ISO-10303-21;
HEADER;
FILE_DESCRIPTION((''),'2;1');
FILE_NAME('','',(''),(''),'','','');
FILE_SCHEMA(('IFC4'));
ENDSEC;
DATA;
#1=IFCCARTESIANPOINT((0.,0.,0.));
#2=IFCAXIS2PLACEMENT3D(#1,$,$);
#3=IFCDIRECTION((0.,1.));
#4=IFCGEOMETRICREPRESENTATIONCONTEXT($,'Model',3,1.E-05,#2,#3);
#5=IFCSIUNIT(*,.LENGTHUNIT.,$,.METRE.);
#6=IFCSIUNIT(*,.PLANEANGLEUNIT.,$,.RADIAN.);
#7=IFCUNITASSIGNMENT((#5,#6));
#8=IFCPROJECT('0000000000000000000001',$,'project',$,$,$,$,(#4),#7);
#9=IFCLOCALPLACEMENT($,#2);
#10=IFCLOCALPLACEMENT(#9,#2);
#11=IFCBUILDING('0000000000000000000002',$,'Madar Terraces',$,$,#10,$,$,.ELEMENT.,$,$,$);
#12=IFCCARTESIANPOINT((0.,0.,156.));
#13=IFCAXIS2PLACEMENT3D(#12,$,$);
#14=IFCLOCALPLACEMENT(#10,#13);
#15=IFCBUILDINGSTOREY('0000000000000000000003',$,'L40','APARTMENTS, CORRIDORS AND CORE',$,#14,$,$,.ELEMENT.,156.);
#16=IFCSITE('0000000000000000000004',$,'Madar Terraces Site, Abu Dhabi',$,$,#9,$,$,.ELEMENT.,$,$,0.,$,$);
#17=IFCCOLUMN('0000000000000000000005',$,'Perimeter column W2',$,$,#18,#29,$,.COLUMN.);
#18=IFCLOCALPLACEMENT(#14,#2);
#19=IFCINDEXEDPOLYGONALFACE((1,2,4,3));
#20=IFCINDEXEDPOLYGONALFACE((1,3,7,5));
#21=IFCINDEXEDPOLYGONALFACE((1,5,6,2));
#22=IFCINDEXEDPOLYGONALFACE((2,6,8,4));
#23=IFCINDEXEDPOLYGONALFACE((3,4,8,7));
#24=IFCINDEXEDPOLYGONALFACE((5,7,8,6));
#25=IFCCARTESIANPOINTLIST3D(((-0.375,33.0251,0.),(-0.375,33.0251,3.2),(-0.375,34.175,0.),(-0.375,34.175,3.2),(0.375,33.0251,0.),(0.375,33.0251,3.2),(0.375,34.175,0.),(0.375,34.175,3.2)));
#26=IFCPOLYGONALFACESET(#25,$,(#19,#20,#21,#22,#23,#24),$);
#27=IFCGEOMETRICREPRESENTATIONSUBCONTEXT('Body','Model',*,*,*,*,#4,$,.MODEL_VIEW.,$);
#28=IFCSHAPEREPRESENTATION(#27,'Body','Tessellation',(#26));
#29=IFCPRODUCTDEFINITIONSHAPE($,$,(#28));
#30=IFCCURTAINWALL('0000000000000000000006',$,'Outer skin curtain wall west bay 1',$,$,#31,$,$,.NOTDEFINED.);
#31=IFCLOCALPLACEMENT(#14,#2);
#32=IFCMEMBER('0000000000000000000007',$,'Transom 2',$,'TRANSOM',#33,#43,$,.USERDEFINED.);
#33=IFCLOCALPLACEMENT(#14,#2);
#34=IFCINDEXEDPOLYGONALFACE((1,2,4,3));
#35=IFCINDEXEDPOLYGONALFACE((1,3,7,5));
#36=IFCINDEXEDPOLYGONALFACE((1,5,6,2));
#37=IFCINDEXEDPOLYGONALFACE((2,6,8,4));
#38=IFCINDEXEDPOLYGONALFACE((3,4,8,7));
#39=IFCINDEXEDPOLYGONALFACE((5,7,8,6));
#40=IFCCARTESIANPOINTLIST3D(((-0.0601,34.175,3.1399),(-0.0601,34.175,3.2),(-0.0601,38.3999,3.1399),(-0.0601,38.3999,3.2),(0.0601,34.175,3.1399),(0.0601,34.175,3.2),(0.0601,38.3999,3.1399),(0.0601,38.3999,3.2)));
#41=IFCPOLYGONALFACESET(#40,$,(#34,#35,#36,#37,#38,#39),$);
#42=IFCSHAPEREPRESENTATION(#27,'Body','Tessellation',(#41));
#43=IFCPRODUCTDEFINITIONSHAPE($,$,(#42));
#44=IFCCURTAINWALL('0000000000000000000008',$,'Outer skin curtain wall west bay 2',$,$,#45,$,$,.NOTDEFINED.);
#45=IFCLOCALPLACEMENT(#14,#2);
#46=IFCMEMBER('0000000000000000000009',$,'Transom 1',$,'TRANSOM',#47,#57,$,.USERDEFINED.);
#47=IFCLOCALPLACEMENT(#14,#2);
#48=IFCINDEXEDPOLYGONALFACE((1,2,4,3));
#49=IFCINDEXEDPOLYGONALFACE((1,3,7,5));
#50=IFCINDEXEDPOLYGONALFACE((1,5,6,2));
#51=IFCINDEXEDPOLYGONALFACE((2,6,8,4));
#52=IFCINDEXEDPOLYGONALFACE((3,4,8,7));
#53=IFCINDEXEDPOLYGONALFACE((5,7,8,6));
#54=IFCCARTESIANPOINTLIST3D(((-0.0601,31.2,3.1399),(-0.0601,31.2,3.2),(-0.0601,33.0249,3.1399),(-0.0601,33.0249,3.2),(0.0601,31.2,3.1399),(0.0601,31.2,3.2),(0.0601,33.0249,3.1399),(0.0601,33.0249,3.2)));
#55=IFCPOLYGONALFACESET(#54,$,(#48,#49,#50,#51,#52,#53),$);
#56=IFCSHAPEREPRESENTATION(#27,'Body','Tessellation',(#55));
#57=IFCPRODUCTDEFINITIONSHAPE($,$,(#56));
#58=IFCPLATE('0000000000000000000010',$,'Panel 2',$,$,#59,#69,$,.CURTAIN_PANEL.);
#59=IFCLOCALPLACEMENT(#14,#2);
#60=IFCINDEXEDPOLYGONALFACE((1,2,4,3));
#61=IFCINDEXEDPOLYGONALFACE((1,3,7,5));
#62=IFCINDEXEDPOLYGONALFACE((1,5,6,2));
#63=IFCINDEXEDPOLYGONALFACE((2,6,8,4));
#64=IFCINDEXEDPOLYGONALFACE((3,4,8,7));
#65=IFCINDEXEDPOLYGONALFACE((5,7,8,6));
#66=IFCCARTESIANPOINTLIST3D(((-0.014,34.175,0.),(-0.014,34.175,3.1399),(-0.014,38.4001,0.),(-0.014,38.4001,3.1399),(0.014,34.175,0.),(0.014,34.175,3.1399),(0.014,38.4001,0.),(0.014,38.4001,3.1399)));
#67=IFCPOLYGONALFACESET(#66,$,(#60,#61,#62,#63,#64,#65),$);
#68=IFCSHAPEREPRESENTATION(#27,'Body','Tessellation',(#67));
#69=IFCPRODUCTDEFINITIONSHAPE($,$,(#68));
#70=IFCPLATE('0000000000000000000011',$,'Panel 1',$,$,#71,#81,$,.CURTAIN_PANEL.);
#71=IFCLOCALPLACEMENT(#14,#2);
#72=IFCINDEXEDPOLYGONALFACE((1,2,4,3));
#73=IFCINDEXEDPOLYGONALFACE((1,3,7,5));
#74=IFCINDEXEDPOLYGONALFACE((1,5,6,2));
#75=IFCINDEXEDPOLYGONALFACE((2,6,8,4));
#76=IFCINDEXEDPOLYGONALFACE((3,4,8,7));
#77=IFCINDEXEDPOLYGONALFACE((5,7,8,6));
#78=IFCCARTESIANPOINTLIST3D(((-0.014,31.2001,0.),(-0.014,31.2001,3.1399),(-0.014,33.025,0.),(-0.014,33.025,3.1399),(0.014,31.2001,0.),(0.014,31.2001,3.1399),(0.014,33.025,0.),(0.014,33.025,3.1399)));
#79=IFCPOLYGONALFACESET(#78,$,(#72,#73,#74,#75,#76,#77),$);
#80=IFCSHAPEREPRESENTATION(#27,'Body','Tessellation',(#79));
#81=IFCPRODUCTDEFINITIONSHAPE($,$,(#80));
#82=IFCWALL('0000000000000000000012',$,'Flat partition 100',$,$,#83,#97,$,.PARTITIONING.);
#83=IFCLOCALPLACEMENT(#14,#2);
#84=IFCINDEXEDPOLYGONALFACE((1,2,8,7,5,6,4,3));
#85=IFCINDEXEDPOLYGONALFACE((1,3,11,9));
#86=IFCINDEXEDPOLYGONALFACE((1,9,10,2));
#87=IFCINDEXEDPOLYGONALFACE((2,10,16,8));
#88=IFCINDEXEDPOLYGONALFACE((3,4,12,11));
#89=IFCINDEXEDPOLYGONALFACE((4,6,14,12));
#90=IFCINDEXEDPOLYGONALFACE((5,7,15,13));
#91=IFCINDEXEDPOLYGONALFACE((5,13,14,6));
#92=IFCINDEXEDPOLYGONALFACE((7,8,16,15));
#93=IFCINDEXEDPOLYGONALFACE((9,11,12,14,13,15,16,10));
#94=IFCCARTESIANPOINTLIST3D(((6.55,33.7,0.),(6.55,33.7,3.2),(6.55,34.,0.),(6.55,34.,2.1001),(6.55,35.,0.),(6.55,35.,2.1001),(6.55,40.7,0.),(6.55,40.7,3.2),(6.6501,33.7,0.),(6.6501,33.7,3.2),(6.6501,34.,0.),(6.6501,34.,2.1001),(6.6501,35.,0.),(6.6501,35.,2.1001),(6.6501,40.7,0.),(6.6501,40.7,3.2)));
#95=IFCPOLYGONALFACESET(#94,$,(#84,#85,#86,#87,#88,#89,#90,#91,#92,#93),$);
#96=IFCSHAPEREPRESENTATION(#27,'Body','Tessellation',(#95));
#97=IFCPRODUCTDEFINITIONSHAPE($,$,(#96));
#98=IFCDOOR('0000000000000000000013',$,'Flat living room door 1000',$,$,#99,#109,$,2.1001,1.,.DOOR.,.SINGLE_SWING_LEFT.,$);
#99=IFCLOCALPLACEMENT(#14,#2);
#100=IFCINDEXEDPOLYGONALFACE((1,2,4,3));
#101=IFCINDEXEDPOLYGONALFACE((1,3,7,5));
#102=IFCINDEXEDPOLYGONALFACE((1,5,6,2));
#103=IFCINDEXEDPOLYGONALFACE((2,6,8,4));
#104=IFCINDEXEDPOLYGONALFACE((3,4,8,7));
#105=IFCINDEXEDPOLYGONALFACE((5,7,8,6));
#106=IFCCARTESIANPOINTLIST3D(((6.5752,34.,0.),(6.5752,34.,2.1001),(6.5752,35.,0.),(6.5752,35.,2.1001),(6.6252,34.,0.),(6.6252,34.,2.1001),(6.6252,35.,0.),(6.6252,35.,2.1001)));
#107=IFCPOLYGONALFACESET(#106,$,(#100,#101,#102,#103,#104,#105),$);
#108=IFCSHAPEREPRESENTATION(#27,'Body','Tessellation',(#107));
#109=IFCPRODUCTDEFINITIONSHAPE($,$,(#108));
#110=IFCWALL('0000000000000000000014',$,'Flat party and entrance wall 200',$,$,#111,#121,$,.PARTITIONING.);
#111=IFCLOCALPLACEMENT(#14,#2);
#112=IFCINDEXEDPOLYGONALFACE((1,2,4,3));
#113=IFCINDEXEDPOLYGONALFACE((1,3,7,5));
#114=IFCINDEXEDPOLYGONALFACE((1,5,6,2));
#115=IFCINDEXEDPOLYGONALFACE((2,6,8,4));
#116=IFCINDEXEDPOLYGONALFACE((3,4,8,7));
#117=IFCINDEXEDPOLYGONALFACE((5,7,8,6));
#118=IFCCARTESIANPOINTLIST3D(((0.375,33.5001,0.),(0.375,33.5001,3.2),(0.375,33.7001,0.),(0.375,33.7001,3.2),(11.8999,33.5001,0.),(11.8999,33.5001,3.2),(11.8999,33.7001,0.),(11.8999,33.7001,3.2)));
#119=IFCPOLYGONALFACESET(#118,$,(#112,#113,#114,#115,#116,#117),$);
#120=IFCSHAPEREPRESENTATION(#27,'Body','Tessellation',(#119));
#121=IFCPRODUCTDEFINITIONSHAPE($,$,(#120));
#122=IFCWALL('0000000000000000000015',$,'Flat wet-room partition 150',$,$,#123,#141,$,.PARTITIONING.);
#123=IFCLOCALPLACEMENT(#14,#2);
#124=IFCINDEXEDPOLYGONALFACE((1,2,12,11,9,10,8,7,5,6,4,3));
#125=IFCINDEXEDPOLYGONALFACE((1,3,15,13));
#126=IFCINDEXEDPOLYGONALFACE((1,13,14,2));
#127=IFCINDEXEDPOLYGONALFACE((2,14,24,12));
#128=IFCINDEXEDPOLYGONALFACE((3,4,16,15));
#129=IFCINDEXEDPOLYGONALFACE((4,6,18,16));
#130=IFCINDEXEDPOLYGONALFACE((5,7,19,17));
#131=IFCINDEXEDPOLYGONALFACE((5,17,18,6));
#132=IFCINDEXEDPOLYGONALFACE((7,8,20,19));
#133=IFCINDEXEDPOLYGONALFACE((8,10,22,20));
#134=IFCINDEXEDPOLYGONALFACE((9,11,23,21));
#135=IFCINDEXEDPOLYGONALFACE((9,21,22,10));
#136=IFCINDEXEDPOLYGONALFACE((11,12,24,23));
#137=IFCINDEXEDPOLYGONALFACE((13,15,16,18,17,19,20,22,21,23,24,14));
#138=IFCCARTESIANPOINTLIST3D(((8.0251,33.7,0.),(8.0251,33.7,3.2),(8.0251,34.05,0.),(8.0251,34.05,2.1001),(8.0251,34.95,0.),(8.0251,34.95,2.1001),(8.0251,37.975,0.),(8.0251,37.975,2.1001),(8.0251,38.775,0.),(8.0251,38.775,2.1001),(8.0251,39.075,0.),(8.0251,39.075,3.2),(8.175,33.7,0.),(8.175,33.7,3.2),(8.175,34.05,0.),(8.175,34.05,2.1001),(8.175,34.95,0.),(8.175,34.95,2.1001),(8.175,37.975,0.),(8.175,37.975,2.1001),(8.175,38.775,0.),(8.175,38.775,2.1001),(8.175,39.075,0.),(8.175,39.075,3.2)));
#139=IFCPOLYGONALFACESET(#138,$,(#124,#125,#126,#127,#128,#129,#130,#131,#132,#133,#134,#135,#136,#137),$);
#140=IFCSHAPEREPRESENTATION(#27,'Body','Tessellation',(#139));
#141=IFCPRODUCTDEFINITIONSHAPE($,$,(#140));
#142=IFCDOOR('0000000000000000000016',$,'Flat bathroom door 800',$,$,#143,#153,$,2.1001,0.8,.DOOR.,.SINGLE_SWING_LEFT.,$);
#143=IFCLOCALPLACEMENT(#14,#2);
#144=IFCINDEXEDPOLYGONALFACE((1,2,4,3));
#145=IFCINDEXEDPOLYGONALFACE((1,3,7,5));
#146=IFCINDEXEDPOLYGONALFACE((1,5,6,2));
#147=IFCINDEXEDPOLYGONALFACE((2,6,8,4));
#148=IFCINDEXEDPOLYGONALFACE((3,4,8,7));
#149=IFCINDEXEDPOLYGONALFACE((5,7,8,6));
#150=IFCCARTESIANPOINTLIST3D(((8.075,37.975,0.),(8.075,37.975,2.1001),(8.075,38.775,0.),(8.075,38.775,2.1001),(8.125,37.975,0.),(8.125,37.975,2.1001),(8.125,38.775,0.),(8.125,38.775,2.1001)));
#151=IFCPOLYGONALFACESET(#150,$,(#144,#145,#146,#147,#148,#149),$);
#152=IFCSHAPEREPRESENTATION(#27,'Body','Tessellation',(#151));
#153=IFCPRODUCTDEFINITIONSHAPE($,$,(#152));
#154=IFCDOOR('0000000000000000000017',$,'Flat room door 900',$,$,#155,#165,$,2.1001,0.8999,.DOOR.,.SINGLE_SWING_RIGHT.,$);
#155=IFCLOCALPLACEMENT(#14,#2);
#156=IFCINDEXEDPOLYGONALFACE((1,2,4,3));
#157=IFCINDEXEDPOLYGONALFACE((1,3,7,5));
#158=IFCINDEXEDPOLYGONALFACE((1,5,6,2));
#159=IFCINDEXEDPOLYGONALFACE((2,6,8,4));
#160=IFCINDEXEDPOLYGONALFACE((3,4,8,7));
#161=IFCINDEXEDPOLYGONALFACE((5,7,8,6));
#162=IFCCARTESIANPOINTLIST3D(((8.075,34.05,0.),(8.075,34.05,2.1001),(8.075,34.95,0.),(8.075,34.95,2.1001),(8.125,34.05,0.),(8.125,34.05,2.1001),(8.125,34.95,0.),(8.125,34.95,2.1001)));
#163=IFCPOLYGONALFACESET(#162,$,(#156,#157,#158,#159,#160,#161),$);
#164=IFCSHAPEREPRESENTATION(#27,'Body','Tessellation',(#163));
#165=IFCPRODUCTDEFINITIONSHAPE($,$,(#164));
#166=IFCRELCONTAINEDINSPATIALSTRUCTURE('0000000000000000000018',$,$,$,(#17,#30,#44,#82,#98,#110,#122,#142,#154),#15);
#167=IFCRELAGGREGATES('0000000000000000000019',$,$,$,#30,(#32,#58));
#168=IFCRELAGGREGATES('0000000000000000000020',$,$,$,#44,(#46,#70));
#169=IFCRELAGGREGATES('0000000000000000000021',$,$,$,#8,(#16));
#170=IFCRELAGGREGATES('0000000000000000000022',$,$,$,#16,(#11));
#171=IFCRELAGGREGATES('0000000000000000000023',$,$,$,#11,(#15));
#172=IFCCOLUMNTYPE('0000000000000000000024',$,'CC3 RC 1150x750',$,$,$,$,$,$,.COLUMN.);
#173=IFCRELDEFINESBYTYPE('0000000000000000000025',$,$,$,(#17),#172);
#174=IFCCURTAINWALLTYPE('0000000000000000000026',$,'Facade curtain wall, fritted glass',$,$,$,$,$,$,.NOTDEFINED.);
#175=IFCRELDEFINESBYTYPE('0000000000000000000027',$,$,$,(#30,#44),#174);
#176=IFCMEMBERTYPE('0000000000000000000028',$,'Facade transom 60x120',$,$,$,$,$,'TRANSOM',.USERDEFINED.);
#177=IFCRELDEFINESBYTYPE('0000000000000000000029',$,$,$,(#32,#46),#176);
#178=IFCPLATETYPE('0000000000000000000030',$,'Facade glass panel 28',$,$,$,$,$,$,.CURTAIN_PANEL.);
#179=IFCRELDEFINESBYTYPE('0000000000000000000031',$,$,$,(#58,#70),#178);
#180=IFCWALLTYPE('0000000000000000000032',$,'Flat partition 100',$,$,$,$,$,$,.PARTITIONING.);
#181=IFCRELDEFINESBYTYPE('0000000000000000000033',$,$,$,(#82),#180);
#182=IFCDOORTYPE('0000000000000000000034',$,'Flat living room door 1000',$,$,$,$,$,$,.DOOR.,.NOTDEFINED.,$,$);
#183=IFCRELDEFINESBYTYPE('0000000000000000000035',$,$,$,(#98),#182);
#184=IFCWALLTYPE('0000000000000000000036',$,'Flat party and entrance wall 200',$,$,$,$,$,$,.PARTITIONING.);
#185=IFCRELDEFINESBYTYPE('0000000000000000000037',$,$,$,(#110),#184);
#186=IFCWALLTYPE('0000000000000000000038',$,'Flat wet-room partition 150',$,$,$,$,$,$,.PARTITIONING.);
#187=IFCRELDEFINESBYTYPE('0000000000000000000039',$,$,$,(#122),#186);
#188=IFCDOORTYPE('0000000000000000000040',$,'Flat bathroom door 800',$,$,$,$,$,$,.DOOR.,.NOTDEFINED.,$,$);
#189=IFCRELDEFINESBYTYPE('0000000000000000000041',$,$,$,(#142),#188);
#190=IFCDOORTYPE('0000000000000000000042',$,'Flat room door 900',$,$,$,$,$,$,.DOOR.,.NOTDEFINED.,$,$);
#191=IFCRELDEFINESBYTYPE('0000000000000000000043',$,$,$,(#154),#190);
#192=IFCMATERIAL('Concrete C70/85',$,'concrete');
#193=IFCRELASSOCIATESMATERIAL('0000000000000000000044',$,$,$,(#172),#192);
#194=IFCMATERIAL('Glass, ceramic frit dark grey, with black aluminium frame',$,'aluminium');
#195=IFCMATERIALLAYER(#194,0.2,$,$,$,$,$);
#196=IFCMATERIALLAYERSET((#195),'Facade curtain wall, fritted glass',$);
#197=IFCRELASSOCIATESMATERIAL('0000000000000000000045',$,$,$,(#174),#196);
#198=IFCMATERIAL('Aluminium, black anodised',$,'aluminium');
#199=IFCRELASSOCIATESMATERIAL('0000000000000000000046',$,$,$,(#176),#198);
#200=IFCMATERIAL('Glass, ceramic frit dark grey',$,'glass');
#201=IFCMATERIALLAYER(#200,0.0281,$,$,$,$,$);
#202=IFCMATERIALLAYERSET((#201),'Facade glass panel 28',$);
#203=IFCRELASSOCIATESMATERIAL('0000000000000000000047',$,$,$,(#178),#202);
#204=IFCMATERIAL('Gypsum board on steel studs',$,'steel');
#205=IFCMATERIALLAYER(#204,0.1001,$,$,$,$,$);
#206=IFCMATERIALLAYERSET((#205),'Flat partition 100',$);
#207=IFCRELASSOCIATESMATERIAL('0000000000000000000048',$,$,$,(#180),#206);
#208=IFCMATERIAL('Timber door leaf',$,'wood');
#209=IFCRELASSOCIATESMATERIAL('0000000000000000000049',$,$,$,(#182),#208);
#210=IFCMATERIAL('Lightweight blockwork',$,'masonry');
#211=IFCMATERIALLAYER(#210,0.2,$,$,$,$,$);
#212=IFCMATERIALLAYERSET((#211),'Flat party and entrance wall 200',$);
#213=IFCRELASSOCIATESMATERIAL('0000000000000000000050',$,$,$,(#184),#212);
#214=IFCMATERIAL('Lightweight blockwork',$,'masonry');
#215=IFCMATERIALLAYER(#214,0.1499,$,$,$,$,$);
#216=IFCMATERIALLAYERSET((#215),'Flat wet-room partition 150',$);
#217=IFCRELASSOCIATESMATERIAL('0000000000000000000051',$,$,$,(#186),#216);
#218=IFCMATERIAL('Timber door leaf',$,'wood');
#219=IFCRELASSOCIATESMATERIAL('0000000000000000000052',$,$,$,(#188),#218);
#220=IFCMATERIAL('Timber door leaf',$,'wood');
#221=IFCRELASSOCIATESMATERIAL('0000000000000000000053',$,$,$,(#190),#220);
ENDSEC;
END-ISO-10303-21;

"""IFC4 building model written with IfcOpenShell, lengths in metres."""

from ifc_helpers import new_model, si_unit, direction, frame, frame_2d, origin, origin_2d, place, context, subcontext, project, spatial, rectangle, extrude, material, layer, layer_set, material_profile, profile_set, type_object, element, fill, aggregate, save


model = new_model("IFC4")

# Units and contexts
model_context = context("Model", 3, precision=1e-05, world=origin(), true_north=direction((0.0, 1.0)))
body_context = subcontext(model_context, "Body", "Model", "MODEL_VIEW")
ifc_project = project(units=[si_unit("LENGTHUNIT", "METRE"), si_unit("PLANEANGLEUNIT", "RADIAN")], contexts=[model_context])

# Site, building, storey
site_placement = place(None, origin())
site = spatial("IfcSite", under=ifc_project, at=site_placement, Name="Madar Terraces Site, Abu Dhabi", CompositionType="ELEMENT", RefElevation=0.0)
building_placement = place(site_placement, origin())
building = spatial("IfcBuilding", under=site, at=building_placement, Name="Madar Terraces", CompositionType="ELEMENT")
storey_placement = place(building_placement, frame((0.0, 0.0, 156.0)))
storey = spatial("IfcBuildingStorey", under=building, at=storey_placement, Name="L40", Description="APARTMENTS, CORRIDORS AND CORE", CompositionType="ELEMENT", Elevation=156.0)

# Column
ifc_material_1 = material(Name="Concrete C70/85", Category="concrete")
ifc_material_profile_1 = material_profile(ifc_material_1, rectangle(XDim=1.1499, YDim=0.75, at=origin_2d()), Name="CC3 RC 1150x750")
ifc_profile_set_1 = profile_set([ifc_material_profile_1], Name="Concrete C70/85")
column_type = type_object("IfcColumnType", Name="CC3 RC 1150x750", PredefinedType="COLUMN", material=ifc_profile_set_1)
column_placement = place(storey_placement, frame((0.0, 33.6001, 0.0), z_axis=(0.0, 0.0, 1.0), x_axis=(0.0, 1.0, 0.0)))
element("IfcColumn", 1, at=column_placement, inside=storey, type_object=column_type, Name="Perimeter column W2", PredefinedType="COLUMN", context=body_context, shape_type="SweptSolid", body=[
    extrude(rectangle(XDim=1.1499, YDim=0.75, at=origin_2d()), origin(), (0.0, 0.0, 1.0), 3.2),
])

# Curtain walls, members
ifc_material_2 = material(Name="Glass, ceramic frit dark grey, with black aluminium frame", Category="aluminium")
ifc_layer_1 = layer(ifc_material_2, 0.2)
ifc_layer_set_1 = layer_set([ifc_layer_1], Name="Facade curtain wall, fritted glass")
curtain_wall_type = type_object("IfcCurtainWallType", Name="Facade curtain wall, fritted glass", PredefinedType="NOTDEFINED", material=ifc_layer_set_1)
curtain_wall_1_placement = place(storey_placement, origin())
curtain_wall_1 = element("IfcCurtainWall", 2, at=curtain_wall_1_placement, inside=storey, type_object=curtain_wall_type, Name="Outer skin curtain wall west bay 1", PredefinedType="NOTDEFINED")
ifc_material_3 = material(Name="Aluminium, black anodised", Category="aluminium")
ifc_material_profile_2 = material_profile(ifc_material_3, rectangle(XDim=0.1201, YDim=0.0601, at=origin_2d()), Name="Facade transom 60x120")
ifc_profile_set_2 = profile_set([ifc_material_profile_2], Name="Aluminium, black anodised")
member_type = type_object("IfcMemberType", Name="Facade transom 60x120", ElementType="TRANSOM", PredefinedType="USERDEFINED", material=ifc_profile_set_2)
member_1_placement = place(storey_placement, frame((0.0, 38.3999, 3.1699), z_axis=(0.0, -1.0, 0.0), x_axis=(1.0, 0.0, 0.0)))
member_1 = element("IfcMember", 3, at=member_1_placement, type_object=member_type, Name="Transom 2", ObjectType="TRANSOM", PredefinedType="USERDEFINED", context=body_context, shape_type="SweptSolid", body=[
    extrude(rectangle(XDim=0.1201, YDim=0.0601, at=origin_2d()), origin(), (0.0, 0.0, 1.0), 4.2249),
])
curtain_wall_2_placement = place(storey_placement, origin())
curtain_wall_2 = element("IfcCurtainWall", 4, at=curtain_wall_2_placement, inside=storey, type_object=curtain_wall_type, Name="Outer skin curtain wall west bay 2", PredefinedType="NOTDEFINED")
member_2_placement = place(storey_placement, frame((0.0, 33.0249, 3.1699), z_axis=(0.0, -1.0, 0.0), x_axis=(1.0, 0.0, 0.0)))
member_2 = element("IfcMember", 5, at=member_2_placement, type_object=member_type, Name="Transom 1", ObjectType="TRANSOM", PredefinedType="USERDEFINED", context=body_context, shape_type="SweptSolid", body=[
    extrude(rectangle(XDim=0.1201, YDim=0.0601, at=origin_2d()), origin(), (0.0, 0.0, 1.0), 1.825),
])

# Plates
ifc_material_4 = material(Name="Glass, ceramic frit dark grey", Category="glass")
ifc_layer_2 = layer(ifc_material_4, 0.0281)
ifc_layer_set_2 = layer_set([ifc_layer_2], Name="Facade glass panel 28")
plate_type = type_object("IfcPlateType", Name="Facade glass panel 28", PredefinedType="CURTAIN_PANEL", material=ifc_layer_set_2)
plate_1_placement = place(storey_placement, frame((0.0, 36.2876, 0.0), z_axis=(0.0, 0.0, 1.0), x_axis=(0.0, -1.0, 0.0)))
plate_1 = element("IfcPlate", 6, at=plate_1_placement, type_object=plate_type, Name="Panel 2", PredefinedType="CURTAIN_PANEL", context=body_context, shape_type="SweptSolid", body=[
    extrude(rectangle(XDim=4.2251, YDim=0.0281, at=origin_2d()), origin(), (0.0, 0.0, 1.0), 3.1399),
])
aggregate(curtain_wall_1, [member_1, plate_1])
plate_2_placement = place(storey_placement, frame((0.0, 32.1125, 0.0), z_axis=(0.0, 0.0, 1.0), x_axis=(0.0, -1.0, 0.0)))
plate_2 = element("IfcPlate", 7, at=plate_2_placement, type_object=plate_type, Name="Panel 1", PredefinedType="CURTAIN_PANEL", context=body_context, shape_type="SweptSolid", body=[
    extrude(rectangle(XDim=1.825, YDim=0.0281, at=origin_2d()), origin(), (0.0, 0.0, 1.0), 3.1399),
])
aggregate(curtain_wall_2, [member_2, plate_2])

# Wall, opening, door
ifc_material_5 = material(Name="Gypsum board on steel studs", Category="steel")
ifc_layer_3 = layer(ifc_material_5, 0.1001)
ifc_layer_set_3 = layer_set([ifc_layer_3], Name="Flat partition 100")
wall_type_1 = type_object("IfcWallType", Name="Flat partition 100", PredefinedType="PARTITIONING", material=ifc_layer_set_3)
wall_1_placement = place(storey_placement, frame((6.6001, 33.7, 0.0), z_axis=(0.0, 0.0, 1.0), x_axis=(0.0, 1.0, 0.0)))
wall_1 = element("IfcWall", 8, at=wall_1_placement, inside=storey, type_object=wall_type_1, Name="Flat partition 100", PredefinedType="PARTITIONING", context=body_context, shape_type="SweptSolid", body=[
    extrude(rectangle(XDim=7.0, YDim=0.1001, at=frame_2d((3.5, 0.0))), origin(), (0.0, 0.0, 1.0), 3.2),
])
opening_1_placement = place(wall_1_placement, frame((0.3, 0.0, 0.0)))
opening_1 = element("IfcOpeningElement", 9, at=opening_1_placement, cuts=wall_1, PredefinedType="OPENING", context=body_context, shape_type="SweptSolid", body=[
    extrude(rectangle(XDim=1.0, YDim=2.1001, at=frame_2d((0.5, 1.05))), frame((0.0, 0.0601, 0.0), z_axis=(0.0, -1.0, 0.0), x_axis=(1.0, 0.0, 0.0)), (0.0, 0.0, 1.0), 0.1201),
])
ifc_material_6 = material(Name="Timber door leaf", Category="wood")
door_type_1 = type_object("IfcDoorType", Name="Flat living room door 1000", OperationType="NOTDEFINED", PredefinedType="DOOR", material=ifc_material_6)
door_1_placement = place(opening_1_placement, origin())
door_1 = element("IfcDoor", 10, at=door_1_placement, inside=storey, type_object=door_type_1, Name="Flat living room door 1000", OperationType="SINGLE_SWING_LEFT", OverallHeight=2.1001, OverallWidth=1.0, PredefinedType="DOOR", context=body_context, shape_type="SweptSolid", body=[
    extrude(rectangle(XDim=1.0, YDim=2.1001, at=frame_2d((0.5, 1.05))), frame((0.0, 0.0249, 0.0), z_axis=(0.0, -1.0, 0.0), x_axis=(1.0, 0.0, 0.0)), (0.0, 0.0, 1.0), 0.05),
])
fill(opening_1, door_1)

# Wall
ifc_material_7 = material(Name="Lightweight blockwork", Category="masonry")
ifc_layer_4 = layer(ifc_material_7, 0.2)
ifc_layer_set_4 = layer_set([ifc_layer_4], Name="Flat party and entrance wall 200")
wall_type_2 = type_object("IfcWallType", Name="Flat party and entrance wall 200", PredefinedType="PARTITIONING", material=ifc_layer_set_4)
wall_2_placement = place(storey_placement, frame((0.375, 33.6001, 0.0), z_axis=(0.0, 0.0, 1.0), x_axis=(1.0, 0.0, 0.0)))
element("IfcWall", 11, at=wall_2_placement, inside=storey, type_object=wall_type_2, Name="Flat party and entrance wall 200", PredefinedType="PARTITIONING", context=body_context, shape_type="SweptSolid", body=[
    extrude(rectangle(XDim=11.5249, YDim=0.2, at=frame_2d((5.7625, 0.0))), origin(), (0.0, 0.0, 1.0), 3.2),
])

# Wall, openings, doors
ifc_material_8 = material(Name="Lightweight blockwork", Category="masonry")
ifc_layer_5 = layer(ifc_material_8, 0.1499)
ifc_layer_set_5 = layer_set([ifc_layer_5], Name="Flat wet-room partition 150")
wall_type_3 = type_object("IfcWallType", Name="Flat wet-room partition 150", PredefinedType="PARTITIONING", material=ifc_layer_set_5)
wall_3_placement = place(storey_placement, frame((8.1001, 39.075, 0.0), z_axis=(0.0, 0.0, 1.0), x_axis=(0.0, -1.0, 0.0)))
wall_3 = element("IfcWall", 12, at=wall_3_placement, inside=storey, type_object=wall_type_3, Name="Flat wet-room partition 150", PredefinedType="PARTITIONING", context=body_context, shape_type="SweptSolid", body=[
    extrude(rectangle(XDim=5.375, YDim=0.1499, at=frame_2d((2.6875, 0.0))), origin(), (0.0, 0.0, 1.0), 3.2),
])
opening_2_placement = place(wall_3_placement, frame((0.3, 0.0, 0.0)))
opening_2 = element("IfcOpeningElement", 13, at=opening_2_placement, cuts=wall_3, PredefinedType="OPENING", context=body_context, shape_type="SweptSolid", body=[
    extrude(rectangle(XDim=0.8, YDim=2.1001, at=frame_2d((0.3999, 1.05))), frame((0.0, 0.085, 0.0), z_axis=(0.0, -1.0, 0.0), x_axis=(1.0, 0.0, 0.0)), (0.0, 0.0, 1.0), 0.1699),
])
opening_3_placement = place(wall_3_placement, frame((4.125, 0.0, 0.0)))
opening_3 = element("IfcOpeningElement", 14, at=opening_3_placement, cuts=wall_3, PredefinedType="OPENING", context=body_context, shape_type="SweptSolid", body=[
    extrude(rectangle(XDim=0.8999, YDim=2.1001, at=frame_2d((0.45, 1.05))), frame((0.0, 0.085, 0.0), z_axis=(0.0, -1.0, 0.0), x_axis=(1.0, 0.0, 0.0)), (0.0, 0.0, 1.0), 0.1699),
])
ifc_material_9 = material(Name="Timber door leaf", Category="wood")
door_type_2 = type_object("IfcDoorType", Name="Flat bathroom door 800", OperationType="NOTDEFINED", PredefinedType="DOOR", material=ifc_material_9)
door_2_placement = place(opening_2_placement, origin())
door_2 = element("IfcDoor", 15, at=door_2_placement, inside=storey, type_object=door_type_2, Name="Flat bathroom door 800", OperationType="SINGLE_SWING_LEFT", OverallHeight=2.1001, OverallWidth=0.8, PredefinedType="DOOR", context=body_context, shape_type="SweptSolid", body=[
    extrude(rectangle(XDim=0.8, YDim=2.1001, at=frame_2d((0.3999, 1.05))), frame((0.0, 0.0249, 0.0), z_axis=(0.0, -1.0, 0.0), x_axis=(1.0, 0.0, 0.0)), (0.0, 0.0, 1.0), 0.05),
])
fill(opening_2, door_2)
ifc_material_10 = material(Name="Timber door leaf", Category="wood")
door_type_3 = type_object("IfcDoorType", Name="Flat room door 900", OperationType="NOTDEFINED", PredefinedType="DOOR", material=ifc_material_10)
door_3_placement = place(opening_3_placement, origin())
door_3 = element("IfcDoor", 16, at=door_3_placement, inside=storey, type_object=door_type_3, Name="Flat room door 900", OperationType="SINGLE_SWING_RIGHT", OverallHeight=2.1001, OverallWidth=0.8999, PredefinedType="DOOR", context=body_context, shape_type="SweptSolid", body=[
    extrude(rectangle(XDim=0.8999, YDim=2.1001, at=frame_2d((0.45, 1.05))), frame((0.0, 0.0249, 0.0), z_axis=(0.0, -1.0, 0.0), x_axis=(1.0, 0.0, 0.0)), (0.0, 0.0, 1.0), 0.05),
])
fill(opening_3, door_3)

save(model, "model.ifc")
